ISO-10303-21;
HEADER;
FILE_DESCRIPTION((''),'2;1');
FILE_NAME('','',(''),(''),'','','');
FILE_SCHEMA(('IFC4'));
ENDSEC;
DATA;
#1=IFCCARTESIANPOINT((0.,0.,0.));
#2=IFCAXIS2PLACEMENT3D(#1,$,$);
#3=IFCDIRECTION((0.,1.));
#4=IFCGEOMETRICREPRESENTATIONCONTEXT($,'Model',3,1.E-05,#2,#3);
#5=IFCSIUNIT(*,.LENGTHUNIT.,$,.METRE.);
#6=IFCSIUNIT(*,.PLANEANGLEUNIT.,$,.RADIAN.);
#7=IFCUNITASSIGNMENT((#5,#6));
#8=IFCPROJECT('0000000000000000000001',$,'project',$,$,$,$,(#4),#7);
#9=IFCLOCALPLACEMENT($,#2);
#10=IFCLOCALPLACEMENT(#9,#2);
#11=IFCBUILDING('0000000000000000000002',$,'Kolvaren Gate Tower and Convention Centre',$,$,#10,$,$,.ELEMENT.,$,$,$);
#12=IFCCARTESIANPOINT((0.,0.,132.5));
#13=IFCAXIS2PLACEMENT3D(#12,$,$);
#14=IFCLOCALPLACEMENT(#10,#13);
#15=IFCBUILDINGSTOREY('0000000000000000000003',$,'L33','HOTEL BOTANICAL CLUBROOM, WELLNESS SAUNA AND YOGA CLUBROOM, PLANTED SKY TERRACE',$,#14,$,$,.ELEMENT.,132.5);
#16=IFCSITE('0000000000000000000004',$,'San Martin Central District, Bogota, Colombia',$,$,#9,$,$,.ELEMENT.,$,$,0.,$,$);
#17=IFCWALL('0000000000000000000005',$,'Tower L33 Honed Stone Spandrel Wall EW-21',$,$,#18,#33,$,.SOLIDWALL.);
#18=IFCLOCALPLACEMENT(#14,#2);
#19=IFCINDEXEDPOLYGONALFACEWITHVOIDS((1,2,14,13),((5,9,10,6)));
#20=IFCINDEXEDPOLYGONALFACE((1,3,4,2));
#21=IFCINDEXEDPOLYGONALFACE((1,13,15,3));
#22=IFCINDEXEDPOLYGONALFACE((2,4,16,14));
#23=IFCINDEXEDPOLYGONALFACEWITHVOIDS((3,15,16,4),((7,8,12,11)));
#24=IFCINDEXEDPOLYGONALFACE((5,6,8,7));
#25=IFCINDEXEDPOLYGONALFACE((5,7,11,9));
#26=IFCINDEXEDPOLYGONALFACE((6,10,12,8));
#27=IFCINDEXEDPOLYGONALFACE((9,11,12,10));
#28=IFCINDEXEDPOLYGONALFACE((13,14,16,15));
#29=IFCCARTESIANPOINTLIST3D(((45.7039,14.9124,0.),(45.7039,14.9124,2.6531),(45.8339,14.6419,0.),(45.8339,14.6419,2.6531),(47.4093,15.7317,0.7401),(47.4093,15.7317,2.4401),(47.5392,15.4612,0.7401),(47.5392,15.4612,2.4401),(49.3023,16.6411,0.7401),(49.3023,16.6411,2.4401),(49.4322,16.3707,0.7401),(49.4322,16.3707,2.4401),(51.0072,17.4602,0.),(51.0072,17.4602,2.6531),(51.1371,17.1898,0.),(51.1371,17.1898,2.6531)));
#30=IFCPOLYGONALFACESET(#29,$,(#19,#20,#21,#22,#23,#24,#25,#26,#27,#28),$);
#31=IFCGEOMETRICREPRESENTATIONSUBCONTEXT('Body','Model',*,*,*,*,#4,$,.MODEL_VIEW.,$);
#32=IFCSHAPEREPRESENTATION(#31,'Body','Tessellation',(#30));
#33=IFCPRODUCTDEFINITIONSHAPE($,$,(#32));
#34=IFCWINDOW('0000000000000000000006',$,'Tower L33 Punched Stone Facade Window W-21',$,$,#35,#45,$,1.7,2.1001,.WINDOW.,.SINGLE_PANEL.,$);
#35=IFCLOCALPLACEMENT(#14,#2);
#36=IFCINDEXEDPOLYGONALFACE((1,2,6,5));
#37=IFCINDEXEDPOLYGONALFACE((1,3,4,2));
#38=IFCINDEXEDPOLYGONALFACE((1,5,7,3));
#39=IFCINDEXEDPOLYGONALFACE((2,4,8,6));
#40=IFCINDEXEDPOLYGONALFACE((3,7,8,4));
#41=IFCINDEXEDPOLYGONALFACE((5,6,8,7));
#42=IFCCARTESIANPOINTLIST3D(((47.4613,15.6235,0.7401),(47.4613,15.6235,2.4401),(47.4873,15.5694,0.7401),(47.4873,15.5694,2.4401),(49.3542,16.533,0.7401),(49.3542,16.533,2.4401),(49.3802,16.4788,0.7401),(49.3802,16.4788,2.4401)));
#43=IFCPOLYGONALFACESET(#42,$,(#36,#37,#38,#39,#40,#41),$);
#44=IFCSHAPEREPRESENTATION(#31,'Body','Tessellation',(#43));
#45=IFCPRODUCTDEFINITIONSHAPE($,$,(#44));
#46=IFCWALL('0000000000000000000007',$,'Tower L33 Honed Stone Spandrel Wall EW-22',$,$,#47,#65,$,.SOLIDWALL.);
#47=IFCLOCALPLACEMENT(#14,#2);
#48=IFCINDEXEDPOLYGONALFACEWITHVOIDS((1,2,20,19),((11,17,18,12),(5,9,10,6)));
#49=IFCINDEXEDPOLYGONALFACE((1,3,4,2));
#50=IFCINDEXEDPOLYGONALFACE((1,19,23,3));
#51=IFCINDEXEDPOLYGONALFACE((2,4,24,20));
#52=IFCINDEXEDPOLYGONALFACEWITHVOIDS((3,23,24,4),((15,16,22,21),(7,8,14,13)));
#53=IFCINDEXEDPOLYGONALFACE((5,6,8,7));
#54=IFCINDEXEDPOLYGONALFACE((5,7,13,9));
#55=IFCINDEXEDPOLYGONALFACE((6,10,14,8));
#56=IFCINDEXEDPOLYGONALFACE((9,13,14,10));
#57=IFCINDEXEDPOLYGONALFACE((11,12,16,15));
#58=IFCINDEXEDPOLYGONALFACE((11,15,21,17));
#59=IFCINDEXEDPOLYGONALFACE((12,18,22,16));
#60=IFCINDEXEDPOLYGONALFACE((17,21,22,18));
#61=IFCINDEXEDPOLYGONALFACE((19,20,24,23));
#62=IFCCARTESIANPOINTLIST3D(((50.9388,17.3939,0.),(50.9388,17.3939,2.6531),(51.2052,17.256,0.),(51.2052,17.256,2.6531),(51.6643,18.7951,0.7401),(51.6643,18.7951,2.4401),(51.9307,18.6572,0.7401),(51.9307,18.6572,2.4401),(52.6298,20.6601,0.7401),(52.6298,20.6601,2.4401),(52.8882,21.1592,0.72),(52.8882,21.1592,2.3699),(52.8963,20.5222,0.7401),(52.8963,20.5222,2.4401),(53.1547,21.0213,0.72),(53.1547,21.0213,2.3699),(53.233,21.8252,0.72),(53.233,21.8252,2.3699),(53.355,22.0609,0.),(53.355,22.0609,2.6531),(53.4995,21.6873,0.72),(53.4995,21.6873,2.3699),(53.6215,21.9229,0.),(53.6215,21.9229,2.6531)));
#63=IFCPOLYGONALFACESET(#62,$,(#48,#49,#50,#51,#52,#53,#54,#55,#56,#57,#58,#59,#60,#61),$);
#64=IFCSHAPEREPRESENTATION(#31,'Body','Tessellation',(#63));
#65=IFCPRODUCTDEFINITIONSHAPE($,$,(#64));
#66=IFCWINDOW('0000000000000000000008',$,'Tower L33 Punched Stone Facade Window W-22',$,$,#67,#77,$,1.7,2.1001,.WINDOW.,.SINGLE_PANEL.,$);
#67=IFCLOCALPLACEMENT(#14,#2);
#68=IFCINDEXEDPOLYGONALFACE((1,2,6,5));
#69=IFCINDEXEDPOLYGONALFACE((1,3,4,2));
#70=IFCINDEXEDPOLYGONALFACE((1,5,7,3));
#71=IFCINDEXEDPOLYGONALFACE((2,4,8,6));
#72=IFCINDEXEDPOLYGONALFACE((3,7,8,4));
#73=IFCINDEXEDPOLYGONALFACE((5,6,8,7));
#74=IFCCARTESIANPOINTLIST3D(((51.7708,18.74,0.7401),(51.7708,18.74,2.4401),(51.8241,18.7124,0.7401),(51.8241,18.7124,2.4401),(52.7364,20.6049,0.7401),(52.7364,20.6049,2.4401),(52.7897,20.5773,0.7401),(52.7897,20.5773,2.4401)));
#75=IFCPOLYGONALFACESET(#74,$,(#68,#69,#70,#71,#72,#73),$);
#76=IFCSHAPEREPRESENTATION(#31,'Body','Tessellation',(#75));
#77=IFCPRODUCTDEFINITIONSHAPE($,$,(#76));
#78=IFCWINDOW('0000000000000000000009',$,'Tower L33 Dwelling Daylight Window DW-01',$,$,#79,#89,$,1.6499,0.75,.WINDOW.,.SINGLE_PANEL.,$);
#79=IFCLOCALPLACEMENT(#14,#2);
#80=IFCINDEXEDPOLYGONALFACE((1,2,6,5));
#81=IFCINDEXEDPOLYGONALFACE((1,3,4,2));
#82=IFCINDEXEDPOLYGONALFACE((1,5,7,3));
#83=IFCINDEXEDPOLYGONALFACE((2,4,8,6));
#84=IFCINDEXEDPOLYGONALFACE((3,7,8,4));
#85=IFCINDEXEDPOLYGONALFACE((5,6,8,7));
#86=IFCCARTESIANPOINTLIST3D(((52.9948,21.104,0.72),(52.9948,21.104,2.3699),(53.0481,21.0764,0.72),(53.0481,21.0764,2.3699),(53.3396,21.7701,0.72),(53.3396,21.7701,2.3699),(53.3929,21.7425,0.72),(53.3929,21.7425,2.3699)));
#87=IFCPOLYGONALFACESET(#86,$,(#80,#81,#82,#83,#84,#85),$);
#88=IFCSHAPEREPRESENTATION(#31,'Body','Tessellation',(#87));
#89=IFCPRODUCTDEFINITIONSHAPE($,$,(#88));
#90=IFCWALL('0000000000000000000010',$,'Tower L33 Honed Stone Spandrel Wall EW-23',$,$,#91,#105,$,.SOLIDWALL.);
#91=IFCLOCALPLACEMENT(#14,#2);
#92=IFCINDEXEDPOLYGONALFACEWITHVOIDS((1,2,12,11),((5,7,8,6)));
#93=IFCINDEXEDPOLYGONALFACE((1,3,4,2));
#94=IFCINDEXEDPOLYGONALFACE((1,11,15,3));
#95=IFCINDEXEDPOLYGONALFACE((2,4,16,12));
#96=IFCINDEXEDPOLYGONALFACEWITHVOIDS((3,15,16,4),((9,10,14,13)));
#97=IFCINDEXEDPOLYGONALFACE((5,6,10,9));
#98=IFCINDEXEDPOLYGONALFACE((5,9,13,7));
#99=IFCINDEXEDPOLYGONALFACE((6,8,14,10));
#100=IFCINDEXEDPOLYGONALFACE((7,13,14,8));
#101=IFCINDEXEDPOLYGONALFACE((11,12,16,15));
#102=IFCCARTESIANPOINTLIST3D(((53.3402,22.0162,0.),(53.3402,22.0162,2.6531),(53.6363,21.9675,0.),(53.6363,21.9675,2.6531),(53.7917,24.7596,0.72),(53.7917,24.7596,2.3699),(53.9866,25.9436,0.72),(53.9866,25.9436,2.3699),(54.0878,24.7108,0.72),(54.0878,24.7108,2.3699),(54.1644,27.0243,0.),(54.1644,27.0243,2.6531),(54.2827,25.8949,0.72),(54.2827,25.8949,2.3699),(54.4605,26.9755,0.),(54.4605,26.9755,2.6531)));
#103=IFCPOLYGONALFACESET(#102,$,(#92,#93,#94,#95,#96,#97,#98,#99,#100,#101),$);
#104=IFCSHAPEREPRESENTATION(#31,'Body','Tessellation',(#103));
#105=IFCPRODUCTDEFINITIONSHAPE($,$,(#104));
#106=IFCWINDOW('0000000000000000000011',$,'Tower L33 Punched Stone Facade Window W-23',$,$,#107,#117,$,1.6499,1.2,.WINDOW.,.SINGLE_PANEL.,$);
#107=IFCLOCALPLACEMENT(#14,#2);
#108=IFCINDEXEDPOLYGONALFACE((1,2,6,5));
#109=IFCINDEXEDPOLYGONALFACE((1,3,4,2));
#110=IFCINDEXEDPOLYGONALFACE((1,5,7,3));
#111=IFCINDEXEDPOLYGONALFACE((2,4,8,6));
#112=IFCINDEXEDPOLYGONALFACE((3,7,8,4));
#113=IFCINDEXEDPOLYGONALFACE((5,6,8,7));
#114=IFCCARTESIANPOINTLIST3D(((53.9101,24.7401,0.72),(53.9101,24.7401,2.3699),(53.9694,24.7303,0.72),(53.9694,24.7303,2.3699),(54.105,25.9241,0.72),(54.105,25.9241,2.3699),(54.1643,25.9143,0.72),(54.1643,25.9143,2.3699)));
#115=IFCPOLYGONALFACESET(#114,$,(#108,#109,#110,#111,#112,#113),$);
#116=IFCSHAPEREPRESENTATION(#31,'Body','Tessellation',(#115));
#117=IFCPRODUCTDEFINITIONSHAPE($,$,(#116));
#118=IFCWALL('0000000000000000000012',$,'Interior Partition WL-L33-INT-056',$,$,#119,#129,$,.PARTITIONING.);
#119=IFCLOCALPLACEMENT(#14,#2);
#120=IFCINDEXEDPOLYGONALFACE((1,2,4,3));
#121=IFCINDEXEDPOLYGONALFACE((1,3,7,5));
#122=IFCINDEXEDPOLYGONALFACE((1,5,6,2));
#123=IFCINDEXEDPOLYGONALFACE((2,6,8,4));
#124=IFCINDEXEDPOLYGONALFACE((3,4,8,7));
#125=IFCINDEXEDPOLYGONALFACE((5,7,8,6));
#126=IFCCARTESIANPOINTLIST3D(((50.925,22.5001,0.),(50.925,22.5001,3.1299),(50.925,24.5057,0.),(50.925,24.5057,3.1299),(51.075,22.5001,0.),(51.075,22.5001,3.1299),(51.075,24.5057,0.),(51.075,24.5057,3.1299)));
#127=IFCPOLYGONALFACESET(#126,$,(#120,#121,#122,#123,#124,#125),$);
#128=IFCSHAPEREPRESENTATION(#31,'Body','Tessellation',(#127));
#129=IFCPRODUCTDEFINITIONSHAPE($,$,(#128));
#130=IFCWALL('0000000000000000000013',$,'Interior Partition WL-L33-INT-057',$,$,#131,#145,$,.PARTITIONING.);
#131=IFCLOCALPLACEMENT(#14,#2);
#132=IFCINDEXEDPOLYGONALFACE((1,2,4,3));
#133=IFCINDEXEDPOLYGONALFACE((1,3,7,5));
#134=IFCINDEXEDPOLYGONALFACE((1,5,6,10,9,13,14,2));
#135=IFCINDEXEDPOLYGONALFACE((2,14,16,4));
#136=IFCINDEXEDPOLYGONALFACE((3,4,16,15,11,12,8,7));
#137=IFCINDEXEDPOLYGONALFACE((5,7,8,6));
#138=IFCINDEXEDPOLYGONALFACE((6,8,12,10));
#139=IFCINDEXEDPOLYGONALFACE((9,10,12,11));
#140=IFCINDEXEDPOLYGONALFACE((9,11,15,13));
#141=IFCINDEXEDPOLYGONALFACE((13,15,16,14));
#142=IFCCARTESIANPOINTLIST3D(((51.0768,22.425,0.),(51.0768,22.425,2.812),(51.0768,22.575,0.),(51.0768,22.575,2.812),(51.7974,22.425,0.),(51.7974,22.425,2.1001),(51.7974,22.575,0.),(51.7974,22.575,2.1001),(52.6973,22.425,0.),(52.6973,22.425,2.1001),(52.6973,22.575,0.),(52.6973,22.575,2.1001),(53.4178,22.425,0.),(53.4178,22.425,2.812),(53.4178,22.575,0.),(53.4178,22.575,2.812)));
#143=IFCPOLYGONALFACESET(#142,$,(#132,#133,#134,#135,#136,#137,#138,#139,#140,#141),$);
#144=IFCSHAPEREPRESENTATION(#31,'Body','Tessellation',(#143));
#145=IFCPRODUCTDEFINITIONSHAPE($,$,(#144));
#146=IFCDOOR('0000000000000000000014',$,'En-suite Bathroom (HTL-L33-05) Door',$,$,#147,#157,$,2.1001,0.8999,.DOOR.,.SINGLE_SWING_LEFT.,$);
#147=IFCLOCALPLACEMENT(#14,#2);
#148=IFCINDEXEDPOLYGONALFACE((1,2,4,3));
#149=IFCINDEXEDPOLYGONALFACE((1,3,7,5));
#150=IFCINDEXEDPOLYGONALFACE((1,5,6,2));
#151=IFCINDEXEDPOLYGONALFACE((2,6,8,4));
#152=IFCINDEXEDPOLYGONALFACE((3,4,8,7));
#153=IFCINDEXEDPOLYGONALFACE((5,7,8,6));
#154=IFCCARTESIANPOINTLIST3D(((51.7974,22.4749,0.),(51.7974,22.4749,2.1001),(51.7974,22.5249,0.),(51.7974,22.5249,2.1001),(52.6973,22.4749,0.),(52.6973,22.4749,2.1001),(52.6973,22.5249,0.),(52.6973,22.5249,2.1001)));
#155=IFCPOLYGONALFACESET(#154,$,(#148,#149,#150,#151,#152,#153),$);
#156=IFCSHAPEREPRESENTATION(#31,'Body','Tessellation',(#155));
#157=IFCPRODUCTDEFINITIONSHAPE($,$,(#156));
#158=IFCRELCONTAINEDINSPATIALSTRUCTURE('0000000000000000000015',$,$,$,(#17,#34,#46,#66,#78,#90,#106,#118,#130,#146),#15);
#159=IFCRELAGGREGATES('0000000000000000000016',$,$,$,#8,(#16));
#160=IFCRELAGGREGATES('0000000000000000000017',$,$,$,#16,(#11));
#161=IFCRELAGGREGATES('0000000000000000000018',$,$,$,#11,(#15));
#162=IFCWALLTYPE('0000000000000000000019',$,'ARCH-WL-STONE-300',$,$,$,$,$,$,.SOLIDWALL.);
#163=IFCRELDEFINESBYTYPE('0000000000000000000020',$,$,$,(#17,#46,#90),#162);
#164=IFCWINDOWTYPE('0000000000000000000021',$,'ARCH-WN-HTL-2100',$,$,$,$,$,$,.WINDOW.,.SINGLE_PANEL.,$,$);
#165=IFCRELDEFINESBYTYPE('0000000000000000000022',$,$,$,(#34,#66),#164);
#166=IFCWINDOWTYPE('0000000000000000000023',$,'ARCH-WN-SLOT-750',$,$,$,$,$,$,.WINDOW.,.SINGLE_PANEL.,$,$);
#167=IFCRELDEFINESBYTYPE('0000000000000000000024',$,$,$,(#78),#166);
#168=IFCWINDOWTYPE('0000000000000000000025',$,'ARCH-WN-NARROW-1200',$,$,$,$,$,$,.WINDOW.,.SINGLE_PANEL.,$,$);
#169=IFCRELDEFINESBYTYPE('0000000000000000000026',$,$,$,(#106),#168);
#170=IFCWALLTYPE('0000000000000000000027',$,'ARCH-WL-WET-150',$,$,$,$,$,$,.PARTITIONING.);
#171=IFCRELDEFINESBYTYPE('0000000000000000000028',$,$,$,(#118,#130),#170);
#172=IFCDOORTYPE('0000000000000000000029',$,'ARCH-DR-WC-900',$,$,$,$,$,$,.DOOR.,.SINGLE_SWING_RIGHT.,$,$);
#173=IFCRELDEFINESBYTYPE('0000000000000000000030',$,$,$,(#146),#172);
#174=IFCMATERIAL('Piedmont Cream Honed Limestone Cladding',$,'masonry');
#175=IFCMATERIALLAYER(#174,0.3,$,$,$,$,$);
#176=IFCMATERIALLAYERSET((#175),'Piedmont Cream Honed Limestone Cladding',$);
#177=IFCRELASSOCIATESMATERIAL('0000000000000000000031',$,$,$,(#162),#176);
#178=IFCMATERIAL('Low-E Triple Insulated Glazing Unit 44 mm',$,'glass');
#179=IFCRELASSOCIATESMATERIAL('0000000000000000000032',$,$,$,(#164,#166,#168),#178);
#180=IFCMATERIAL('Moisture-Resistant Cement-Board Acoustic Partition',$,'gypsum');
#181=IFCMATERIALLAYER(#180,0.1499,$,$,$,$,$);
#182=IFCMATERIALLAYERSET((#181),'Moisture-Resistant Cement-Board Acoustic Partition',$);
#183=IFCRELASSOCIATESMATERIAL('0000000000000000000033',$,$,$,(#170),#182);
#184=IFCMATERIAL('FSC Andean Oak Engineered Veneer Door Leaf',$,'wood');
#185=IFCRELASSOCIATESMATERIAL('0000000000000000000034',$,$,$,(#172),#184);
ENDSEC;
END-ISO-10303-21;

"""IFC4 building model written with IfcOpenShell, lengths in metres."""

from ifc_helpers import new_model, si_unit, direction, frame, frame_2d, origin, place, context, subcontext, project, spatial, rectangle, extrude, material, layer, layer_set, type_object, element, fill, save


model = new_model("IFC4")

# Units and contexts
model_context = context("Model", 3, precision=1e-05, world=origin(), true_north=direction((0.0, 1.0)))
body_context = subcontext(model_context, "Body", "Model", "MODEL_VIEW")
ifc_project = project(units=[si_unit("LENGTHUNIT", "METRE"), si_unit("PLANEANGLEUNIT", "RADIAN")], contexts=[model_context])

# Site, building, storey
site_placement = place(None, origin())
site = spatial("IfcSite", under=ifc_project, at=site_placement, Name="San Martin Central District, Bogota, Colombia", CompositionType="ELEMENT", RefElevation=0.0)
building_placement = place(site_placement, origin())
building = spatial("IfcBuilding", under=site, at=building_placement, Name="Kolvaren Gate Tower and Convention Centre", CompositionType="ELEMENT")
storey_placement = place(building_placement, frame((0.0, 0.0, 132.5)))
storey = spatial("IfcBuildingStorey", under=building, at=storey_placement, Name="L33", Description="HOTEL BOTANICAL CLUBROOM, WELLNESS SAUNA AND YOGA CLUBROOM, PLANTED SKY TERRACE", CompositionType="ELEMENT", Elevation=132.5)

# Shared definitions
ifc_material_1 = material(Name="Piedmont Cream Honed Limestone Cladding", Category="masonry")

# Wall, opening, window
ifc_layer_1 = layer(ifc_material_1, 0.3)
ifc_layer_set_1 = layer_set([ifc_layer_1], Name="Piedmont Cream Honed Limestone Cladding")
wall_type_1 = type_object("IfcWallType", Name="ARCH-WL-STONE-300", PredefinedType="SOLIDWALL", material=ifc_layer_set_1)
ifc_material_2 = material(Name="Low-E Triple Insulated Glazing Unit 44 mm", Category="glass")
window_type_1 = type_object("IfcWindowType", Name="ARCH-WN-HTL-2100", PartitioningType="SINGLE_PANEL", PredefinedType="WINDOW", material=ifc_material_2)
wall_1_placement = place(storey_placement, frame((45.7688, 14.7771, 0.0), z_axis=(0.0, 0.0, 1.0), x_axis=(0.90137, 0.433049, 0.0)))
wall_1 = element("IfcWall", 1, at=wall_1_placement, inside=storey, type_object=wall_type_1, Name="Tower L33 Honed Stone Spandrel Wall EW-21", PredefinedType="SOLIDWALL", context=body_context, shape_type="SweptSolid", body=[
    extrude(rectangle(XDim=5.8835, YDim=0.3, at=frame_2d((2.9419, 0.0))), origin(), (0.0, 0.0, 1.0), 2.6531),
])
opening_1_placement = place(wall_1_placement, frame((1.8921, 0.0, 0.74)))
opening_1 = element("IfcOpeningElement", 2, at=opening_1_placement, cuts=wall_1, PredefinedType="OPENING", context=body_context, shape_type="SweptSolid", body=[
    extrude(rectangle(XDim=2.1001, YDim=1.7, at=frame_2d((1.05, 0.8501))), frame((0.0, 0.1599, 0.0), z_axis=(0.0, -1.0, 0.0), x_axis=(1.0, 0.0, 0.0)), (0.0, 0.0, 1.0), 0.3201),
])
window_1_placement = place(opening_1_placement, origin())
window_1 = element("IfcWindow", 3, at=window_1_placement, inside=storey, type_object=window_type_1, Name="Tower L33 Punched Stone Facade Window W-21", OverallHeight=1.7, OverallWidth=2.1001, PartitioningType="SINGLE_PANEL", PredefinedType="WINDOW", context=body_context, shape_type="SweptSolid", body=[
    extrude(rectangle(XDim=2.1001, YDim=1.7, at=frame_2d((1.05, 0.8501))), frame((0.0, 0.03, 0.0), z_axis=(0.0, -1.0, 0.0), x_axis=(1.0, 0.0, 0.0)), (0.0, 0.0, 1.0), 0.0601),
])
fill(opening_1, window_1)

# Wall, openings, windows
wall_2_placement = place(storey_placement, frame((51.072, 17.325, 0.0), z_axis=(0.0, 0.0, 1.0), x_axis=(0.459768, 0.888039, 0.0)))
wall_2 = element("IfcWall", 4, at=wall_2_placement, inside=storey, type_object=wall_type_1, Name="Tower L33 Honed Stone Spandrel Wall EW-22", PredefinedType="SOLIDWALL", context=body_context, shape_type="SweptSolid", body=[
    extrude(rectangle(XDim=5.2554, YDim=0.3, at=frame_2d((2.6277, 0.0))), origin(), (0.0, 0.0, 1.0), 2.6531),
])
opening_2_placement = place(wall_2_placement, frame((1.5779, 0.0, 0.74)))
opening_2 = element("IfcOpeningElement", 5, at=opening_2_placement, cuts=wall_2, PredefinedType="OPENING", context=body_context, shape_type="SweptSolid", body=[
    extrude(rectangle(XDim=2.1001, YDim=1.7, at=frame_2d((1.05, 0.8501))), frame((0.0, 0.1599, 0.0), z_axis=(0.0, -1.0, 0.0), x_axis=(1.0, 0.0, 0.0)), (0.0, 0.0, 1.0), 0.3201),
])
opening_3_placement = place(wall_2_placement, frame((4.24, 0.0, 0.72)))
opening_3 = element("IfcOpeningElement", 6, at=opening_3_placement, cuts=wall_2, PredefinedType="OPENING", context=body_context, shape_type="SweptSolid", body=[
    extrude(rectangle(XDim=0.75, YDim=1.6499, at=frame_2d((0.375, 0.825))), frame((0.0, 0.1599, 0.0), z_axis=(0.0, -1.0, 0.0), x_axis=(1.0, 0.0, 0.0)), (0.0, 0.0, 1.0), 0.3201),
])
window_2_placement = place(opening_2_placement, origin())
window_2 = element("IfcWindow", 7, at=window_2_placement, inside=storey, type_object=window_type_1, Name="Tower L33 Punched Stone Facade Window W-22", OverallHeight=1.7, OverallWidth=2.1001, PartitioningType="SINGLE_PANEL", PredefinedType="WINDOW", context=body_context, shape_type="SweptSolid", body=[
    extrude(rectangle(XDim=2.1001, YDim=1.7, at=frame_2d((1.05, 0.8501))), frame((0.0, 0.03, 0.0), z_axis=(0.0, -1.0, 0.0), x_axis=(1.0, 0.0, 0.0)), (0.0, 0.0, 1.0), 0.0601),
])
fill(opening_2, window_2)
window_type_2 = type_object("IfcWindowType", Name="ARCH-WN-SLOT-750", PartitioningType="SINGLE_PANEL", PredefinedType="WINDOW", material=ifc_material_2)
window_3_placement = place(opening_3_placement, origin())
window_3 = element("IfcWindow", 8, at=window_3_placement, inside=storey, type_object=window_type_2, Name="Tower L33 Dwelling Daylight Window DW-01", OverallHeight=1.6499, OverallWidth=0.75, PartitioningType="SINGLE_PANEL", PredefinedType="WINDOW", context=body_context, shape_type="SweptSolid", body=[
    extrude(rectangle(XDim=0.75, YDim=1.6499, at=frame_2d((0.375, 0.825))), frame((0.0, 0.03, 0.0), z_axis=(0.0, -1.0, 0.0), x_axis=(1.0, 0.0, 0.0)), (0.0, 0.0, 1.0), 0.0601),
])
fill(opening_3, window_3)

# Wall, opening, window
wall_3_placement = place(storey_placement, frame((53.4883, 21.9919, 0.0), z_axis=(0.0, 0.0, 1.0), x_axis=(0.162394, 0.986726, 0.0)))
wall_3 = element("IfcWall", 9, at=wall_3_placement, inside=storey, type_object=wall_type_1, Name="Tower L33 Honed Stone Spandrel Wall EW-23", PredefinedType="SOLIDWALL", context=body_context, shape_type="SweptSolid", body=[
    extrude(rectangle(XDim=5.0754, YDim=0.3, at=frame_2d((2.5376, 0.0))), origin(), (0.0, 0.0, 1.0), 2.6531),
])
opening_4_placement = place(wall_3_placement, frame((2.78, 0.0, 0.72)))
opening_4 = element("IfcOpeningElement", 10, at=opening_4_placement, cuts=wall_3, PredefinedType="OPENING", context=body_context, shape_type="SweptSolid", body=[
    extrude(rectangle(XDim=1.2, YDim=1.6499, at=frame_2d((0.6001, 0.825))), frame((0.0, 0.1599, 0.0), z_axis=(0.0, -1.0, 0.0), x_axis=(1.0, 0.0, 0.0)), (0.0, 0.0, 1.0), 0.3201),
])
window_type_3 = type_object("IfcWindowType", Name="ARCH-WN-NARROW-1200", PartitioningType="SINGLE_PANEL", PredefinedType="WINDOW", material=ifc_material_2)
window_4_placement = place(opening_4_placement, origin())
window_4 = element("IfcWindow", 11, at=window_4_placement, inside=storey, type_object=window_type_3, Name="Tower L33 Punched Stone Facade Window W-23", OverallHeight=1.6499, OverallWidth=1.2, PartitioningType="SINGLE_PANEL", PredefinedType="WINDOW", context=body_context, shape_type="SweptSolid", body=[
    extrude(rectangle(XDim=1.2, YDim=1.6499, at=frame_2d((0.6001, 0.825))), frame((0.0, 0.03, 0.0), z_axis=(0.0, -1.0, 0.0), x_axis=(1.0, 0.0, 0.0)), (0.0, 0.0, 1.0), 0.0601),
])
fill(opening_4, window_4)

# Wall
ifc_material_3 = material(Name="Moisture-Resistant Cement-Board Acoustic Partition", Category="gypsum")
ifc_layer_2 = layer(ifc_material_3, 0.1499)
ifc_layer_set_2 = layer_set([ifc_layer_2], Name="Moisture-Resistant Cement-Board Acoustic Partition")
wall_type_2 = type_object("IfcWallType", Name="ARCH-WL-WET-150", PredefinedType="PARTITIONING", material=ifc_layer_set_2)
wall_4_placement = place(storey_placement, frame((51.0, 22.5, 0.0), z_axis=(0.0, 0.0, 1.0), x_axis=(0.0, 1.0, 0.0)))
element("IfcWall", 12, at=wall_4_placement, inside=storey, type_object=wall_type_2, Name="Interior Partition WL-L33-INT-056", PredefinedType="PARTITIONING", context=body_context, shape_type="SweptSolid", body=[
    extrude(rectangle(XDim=2.0056, YDim=0.1499, at=frame_2d((1.0029, 0.0))), origin(), (0.0, 0.0, 1.0), 3.1299),
])

# Wall, opening, door
wall_5_placement = place(storey_placement, frame((51.0769, 22.5, 0.0), z_axis=(0.0, 0.0, 1.0), x_axis=(1.0, 0.0, 0.0)))
wall_5 = element("IfcWall", 13, at=wall_5_placement, inside=storey, type_object=wall_type_2, Name="Interior Partition WL-L33-INT-057", PredefinedType="PARTITIONING", context=body_context, shape_type="SweptSolid", body=[
    extrude(rectangle(XDim=2.3411, YDim=0.1499, at=frame_2d((1.1704, 0.0))), origin(), (0.0, 0.0, 1.0), 2.812),
])
opening_5_placement = place(wall_5_placement, frame((0.7205, 0.0, 0.0)))
opening_5 = element("IfcOpeningElement", 14, at=opening_5_placement, cuts=wall_5, PredefinedType="OPENING", context=body_context, shape_type="SweptSolid", body=[
    extrude(rectangle(XDim=0.8999, YDim=2.1001, at=frame_2d((0.45, 1.05))), frame((0.0, 0.085, 0.0), z_axis=(0.0, -1.0, 0.0), x_axis=(1.0, 0.0, 0.0)), (0.0, 0.0, 1.0), 0.1699),
])
ifc_material_4 = material(Name="FSC Andean Oak Engineered Veneer Door Leaf", Category="wood")
door_type = type_object("IfcDoorType", Name="ARCH-DR-WC-900", OperationType="SINGLE_SWING_RIGHT", PredefinedType="DOOR", material=ifc_material_4)
door_placement = place(opening_5_placement, origin())
door = element("IfcDoor", 15, at=door_placement, inside=storey, type_object=door_type, Name="En-suite Bathroom (HTL-L33-05) Door", OperationType="SINGLE_SWING_LEFT", OverallHeight=2.1001, OverallWidth=0.8999, PredefinedType="DOOR", context=body_context, shape_type="SweptSolid", body=[
    extrude(rectangle(XDim=0.8999, YDim=2.1001, at=frame_2d((0.45, 1.05))), frame((0.0, 0.0249, 0.0), z_axis=(0.0, -1.0, 0.0), x_axis=(1.0, 0.0, 0.0)), (0.0, 0.0, 1.0), 0.05),
])
fill(opening_5, door)

save(model, "model.ifc")
